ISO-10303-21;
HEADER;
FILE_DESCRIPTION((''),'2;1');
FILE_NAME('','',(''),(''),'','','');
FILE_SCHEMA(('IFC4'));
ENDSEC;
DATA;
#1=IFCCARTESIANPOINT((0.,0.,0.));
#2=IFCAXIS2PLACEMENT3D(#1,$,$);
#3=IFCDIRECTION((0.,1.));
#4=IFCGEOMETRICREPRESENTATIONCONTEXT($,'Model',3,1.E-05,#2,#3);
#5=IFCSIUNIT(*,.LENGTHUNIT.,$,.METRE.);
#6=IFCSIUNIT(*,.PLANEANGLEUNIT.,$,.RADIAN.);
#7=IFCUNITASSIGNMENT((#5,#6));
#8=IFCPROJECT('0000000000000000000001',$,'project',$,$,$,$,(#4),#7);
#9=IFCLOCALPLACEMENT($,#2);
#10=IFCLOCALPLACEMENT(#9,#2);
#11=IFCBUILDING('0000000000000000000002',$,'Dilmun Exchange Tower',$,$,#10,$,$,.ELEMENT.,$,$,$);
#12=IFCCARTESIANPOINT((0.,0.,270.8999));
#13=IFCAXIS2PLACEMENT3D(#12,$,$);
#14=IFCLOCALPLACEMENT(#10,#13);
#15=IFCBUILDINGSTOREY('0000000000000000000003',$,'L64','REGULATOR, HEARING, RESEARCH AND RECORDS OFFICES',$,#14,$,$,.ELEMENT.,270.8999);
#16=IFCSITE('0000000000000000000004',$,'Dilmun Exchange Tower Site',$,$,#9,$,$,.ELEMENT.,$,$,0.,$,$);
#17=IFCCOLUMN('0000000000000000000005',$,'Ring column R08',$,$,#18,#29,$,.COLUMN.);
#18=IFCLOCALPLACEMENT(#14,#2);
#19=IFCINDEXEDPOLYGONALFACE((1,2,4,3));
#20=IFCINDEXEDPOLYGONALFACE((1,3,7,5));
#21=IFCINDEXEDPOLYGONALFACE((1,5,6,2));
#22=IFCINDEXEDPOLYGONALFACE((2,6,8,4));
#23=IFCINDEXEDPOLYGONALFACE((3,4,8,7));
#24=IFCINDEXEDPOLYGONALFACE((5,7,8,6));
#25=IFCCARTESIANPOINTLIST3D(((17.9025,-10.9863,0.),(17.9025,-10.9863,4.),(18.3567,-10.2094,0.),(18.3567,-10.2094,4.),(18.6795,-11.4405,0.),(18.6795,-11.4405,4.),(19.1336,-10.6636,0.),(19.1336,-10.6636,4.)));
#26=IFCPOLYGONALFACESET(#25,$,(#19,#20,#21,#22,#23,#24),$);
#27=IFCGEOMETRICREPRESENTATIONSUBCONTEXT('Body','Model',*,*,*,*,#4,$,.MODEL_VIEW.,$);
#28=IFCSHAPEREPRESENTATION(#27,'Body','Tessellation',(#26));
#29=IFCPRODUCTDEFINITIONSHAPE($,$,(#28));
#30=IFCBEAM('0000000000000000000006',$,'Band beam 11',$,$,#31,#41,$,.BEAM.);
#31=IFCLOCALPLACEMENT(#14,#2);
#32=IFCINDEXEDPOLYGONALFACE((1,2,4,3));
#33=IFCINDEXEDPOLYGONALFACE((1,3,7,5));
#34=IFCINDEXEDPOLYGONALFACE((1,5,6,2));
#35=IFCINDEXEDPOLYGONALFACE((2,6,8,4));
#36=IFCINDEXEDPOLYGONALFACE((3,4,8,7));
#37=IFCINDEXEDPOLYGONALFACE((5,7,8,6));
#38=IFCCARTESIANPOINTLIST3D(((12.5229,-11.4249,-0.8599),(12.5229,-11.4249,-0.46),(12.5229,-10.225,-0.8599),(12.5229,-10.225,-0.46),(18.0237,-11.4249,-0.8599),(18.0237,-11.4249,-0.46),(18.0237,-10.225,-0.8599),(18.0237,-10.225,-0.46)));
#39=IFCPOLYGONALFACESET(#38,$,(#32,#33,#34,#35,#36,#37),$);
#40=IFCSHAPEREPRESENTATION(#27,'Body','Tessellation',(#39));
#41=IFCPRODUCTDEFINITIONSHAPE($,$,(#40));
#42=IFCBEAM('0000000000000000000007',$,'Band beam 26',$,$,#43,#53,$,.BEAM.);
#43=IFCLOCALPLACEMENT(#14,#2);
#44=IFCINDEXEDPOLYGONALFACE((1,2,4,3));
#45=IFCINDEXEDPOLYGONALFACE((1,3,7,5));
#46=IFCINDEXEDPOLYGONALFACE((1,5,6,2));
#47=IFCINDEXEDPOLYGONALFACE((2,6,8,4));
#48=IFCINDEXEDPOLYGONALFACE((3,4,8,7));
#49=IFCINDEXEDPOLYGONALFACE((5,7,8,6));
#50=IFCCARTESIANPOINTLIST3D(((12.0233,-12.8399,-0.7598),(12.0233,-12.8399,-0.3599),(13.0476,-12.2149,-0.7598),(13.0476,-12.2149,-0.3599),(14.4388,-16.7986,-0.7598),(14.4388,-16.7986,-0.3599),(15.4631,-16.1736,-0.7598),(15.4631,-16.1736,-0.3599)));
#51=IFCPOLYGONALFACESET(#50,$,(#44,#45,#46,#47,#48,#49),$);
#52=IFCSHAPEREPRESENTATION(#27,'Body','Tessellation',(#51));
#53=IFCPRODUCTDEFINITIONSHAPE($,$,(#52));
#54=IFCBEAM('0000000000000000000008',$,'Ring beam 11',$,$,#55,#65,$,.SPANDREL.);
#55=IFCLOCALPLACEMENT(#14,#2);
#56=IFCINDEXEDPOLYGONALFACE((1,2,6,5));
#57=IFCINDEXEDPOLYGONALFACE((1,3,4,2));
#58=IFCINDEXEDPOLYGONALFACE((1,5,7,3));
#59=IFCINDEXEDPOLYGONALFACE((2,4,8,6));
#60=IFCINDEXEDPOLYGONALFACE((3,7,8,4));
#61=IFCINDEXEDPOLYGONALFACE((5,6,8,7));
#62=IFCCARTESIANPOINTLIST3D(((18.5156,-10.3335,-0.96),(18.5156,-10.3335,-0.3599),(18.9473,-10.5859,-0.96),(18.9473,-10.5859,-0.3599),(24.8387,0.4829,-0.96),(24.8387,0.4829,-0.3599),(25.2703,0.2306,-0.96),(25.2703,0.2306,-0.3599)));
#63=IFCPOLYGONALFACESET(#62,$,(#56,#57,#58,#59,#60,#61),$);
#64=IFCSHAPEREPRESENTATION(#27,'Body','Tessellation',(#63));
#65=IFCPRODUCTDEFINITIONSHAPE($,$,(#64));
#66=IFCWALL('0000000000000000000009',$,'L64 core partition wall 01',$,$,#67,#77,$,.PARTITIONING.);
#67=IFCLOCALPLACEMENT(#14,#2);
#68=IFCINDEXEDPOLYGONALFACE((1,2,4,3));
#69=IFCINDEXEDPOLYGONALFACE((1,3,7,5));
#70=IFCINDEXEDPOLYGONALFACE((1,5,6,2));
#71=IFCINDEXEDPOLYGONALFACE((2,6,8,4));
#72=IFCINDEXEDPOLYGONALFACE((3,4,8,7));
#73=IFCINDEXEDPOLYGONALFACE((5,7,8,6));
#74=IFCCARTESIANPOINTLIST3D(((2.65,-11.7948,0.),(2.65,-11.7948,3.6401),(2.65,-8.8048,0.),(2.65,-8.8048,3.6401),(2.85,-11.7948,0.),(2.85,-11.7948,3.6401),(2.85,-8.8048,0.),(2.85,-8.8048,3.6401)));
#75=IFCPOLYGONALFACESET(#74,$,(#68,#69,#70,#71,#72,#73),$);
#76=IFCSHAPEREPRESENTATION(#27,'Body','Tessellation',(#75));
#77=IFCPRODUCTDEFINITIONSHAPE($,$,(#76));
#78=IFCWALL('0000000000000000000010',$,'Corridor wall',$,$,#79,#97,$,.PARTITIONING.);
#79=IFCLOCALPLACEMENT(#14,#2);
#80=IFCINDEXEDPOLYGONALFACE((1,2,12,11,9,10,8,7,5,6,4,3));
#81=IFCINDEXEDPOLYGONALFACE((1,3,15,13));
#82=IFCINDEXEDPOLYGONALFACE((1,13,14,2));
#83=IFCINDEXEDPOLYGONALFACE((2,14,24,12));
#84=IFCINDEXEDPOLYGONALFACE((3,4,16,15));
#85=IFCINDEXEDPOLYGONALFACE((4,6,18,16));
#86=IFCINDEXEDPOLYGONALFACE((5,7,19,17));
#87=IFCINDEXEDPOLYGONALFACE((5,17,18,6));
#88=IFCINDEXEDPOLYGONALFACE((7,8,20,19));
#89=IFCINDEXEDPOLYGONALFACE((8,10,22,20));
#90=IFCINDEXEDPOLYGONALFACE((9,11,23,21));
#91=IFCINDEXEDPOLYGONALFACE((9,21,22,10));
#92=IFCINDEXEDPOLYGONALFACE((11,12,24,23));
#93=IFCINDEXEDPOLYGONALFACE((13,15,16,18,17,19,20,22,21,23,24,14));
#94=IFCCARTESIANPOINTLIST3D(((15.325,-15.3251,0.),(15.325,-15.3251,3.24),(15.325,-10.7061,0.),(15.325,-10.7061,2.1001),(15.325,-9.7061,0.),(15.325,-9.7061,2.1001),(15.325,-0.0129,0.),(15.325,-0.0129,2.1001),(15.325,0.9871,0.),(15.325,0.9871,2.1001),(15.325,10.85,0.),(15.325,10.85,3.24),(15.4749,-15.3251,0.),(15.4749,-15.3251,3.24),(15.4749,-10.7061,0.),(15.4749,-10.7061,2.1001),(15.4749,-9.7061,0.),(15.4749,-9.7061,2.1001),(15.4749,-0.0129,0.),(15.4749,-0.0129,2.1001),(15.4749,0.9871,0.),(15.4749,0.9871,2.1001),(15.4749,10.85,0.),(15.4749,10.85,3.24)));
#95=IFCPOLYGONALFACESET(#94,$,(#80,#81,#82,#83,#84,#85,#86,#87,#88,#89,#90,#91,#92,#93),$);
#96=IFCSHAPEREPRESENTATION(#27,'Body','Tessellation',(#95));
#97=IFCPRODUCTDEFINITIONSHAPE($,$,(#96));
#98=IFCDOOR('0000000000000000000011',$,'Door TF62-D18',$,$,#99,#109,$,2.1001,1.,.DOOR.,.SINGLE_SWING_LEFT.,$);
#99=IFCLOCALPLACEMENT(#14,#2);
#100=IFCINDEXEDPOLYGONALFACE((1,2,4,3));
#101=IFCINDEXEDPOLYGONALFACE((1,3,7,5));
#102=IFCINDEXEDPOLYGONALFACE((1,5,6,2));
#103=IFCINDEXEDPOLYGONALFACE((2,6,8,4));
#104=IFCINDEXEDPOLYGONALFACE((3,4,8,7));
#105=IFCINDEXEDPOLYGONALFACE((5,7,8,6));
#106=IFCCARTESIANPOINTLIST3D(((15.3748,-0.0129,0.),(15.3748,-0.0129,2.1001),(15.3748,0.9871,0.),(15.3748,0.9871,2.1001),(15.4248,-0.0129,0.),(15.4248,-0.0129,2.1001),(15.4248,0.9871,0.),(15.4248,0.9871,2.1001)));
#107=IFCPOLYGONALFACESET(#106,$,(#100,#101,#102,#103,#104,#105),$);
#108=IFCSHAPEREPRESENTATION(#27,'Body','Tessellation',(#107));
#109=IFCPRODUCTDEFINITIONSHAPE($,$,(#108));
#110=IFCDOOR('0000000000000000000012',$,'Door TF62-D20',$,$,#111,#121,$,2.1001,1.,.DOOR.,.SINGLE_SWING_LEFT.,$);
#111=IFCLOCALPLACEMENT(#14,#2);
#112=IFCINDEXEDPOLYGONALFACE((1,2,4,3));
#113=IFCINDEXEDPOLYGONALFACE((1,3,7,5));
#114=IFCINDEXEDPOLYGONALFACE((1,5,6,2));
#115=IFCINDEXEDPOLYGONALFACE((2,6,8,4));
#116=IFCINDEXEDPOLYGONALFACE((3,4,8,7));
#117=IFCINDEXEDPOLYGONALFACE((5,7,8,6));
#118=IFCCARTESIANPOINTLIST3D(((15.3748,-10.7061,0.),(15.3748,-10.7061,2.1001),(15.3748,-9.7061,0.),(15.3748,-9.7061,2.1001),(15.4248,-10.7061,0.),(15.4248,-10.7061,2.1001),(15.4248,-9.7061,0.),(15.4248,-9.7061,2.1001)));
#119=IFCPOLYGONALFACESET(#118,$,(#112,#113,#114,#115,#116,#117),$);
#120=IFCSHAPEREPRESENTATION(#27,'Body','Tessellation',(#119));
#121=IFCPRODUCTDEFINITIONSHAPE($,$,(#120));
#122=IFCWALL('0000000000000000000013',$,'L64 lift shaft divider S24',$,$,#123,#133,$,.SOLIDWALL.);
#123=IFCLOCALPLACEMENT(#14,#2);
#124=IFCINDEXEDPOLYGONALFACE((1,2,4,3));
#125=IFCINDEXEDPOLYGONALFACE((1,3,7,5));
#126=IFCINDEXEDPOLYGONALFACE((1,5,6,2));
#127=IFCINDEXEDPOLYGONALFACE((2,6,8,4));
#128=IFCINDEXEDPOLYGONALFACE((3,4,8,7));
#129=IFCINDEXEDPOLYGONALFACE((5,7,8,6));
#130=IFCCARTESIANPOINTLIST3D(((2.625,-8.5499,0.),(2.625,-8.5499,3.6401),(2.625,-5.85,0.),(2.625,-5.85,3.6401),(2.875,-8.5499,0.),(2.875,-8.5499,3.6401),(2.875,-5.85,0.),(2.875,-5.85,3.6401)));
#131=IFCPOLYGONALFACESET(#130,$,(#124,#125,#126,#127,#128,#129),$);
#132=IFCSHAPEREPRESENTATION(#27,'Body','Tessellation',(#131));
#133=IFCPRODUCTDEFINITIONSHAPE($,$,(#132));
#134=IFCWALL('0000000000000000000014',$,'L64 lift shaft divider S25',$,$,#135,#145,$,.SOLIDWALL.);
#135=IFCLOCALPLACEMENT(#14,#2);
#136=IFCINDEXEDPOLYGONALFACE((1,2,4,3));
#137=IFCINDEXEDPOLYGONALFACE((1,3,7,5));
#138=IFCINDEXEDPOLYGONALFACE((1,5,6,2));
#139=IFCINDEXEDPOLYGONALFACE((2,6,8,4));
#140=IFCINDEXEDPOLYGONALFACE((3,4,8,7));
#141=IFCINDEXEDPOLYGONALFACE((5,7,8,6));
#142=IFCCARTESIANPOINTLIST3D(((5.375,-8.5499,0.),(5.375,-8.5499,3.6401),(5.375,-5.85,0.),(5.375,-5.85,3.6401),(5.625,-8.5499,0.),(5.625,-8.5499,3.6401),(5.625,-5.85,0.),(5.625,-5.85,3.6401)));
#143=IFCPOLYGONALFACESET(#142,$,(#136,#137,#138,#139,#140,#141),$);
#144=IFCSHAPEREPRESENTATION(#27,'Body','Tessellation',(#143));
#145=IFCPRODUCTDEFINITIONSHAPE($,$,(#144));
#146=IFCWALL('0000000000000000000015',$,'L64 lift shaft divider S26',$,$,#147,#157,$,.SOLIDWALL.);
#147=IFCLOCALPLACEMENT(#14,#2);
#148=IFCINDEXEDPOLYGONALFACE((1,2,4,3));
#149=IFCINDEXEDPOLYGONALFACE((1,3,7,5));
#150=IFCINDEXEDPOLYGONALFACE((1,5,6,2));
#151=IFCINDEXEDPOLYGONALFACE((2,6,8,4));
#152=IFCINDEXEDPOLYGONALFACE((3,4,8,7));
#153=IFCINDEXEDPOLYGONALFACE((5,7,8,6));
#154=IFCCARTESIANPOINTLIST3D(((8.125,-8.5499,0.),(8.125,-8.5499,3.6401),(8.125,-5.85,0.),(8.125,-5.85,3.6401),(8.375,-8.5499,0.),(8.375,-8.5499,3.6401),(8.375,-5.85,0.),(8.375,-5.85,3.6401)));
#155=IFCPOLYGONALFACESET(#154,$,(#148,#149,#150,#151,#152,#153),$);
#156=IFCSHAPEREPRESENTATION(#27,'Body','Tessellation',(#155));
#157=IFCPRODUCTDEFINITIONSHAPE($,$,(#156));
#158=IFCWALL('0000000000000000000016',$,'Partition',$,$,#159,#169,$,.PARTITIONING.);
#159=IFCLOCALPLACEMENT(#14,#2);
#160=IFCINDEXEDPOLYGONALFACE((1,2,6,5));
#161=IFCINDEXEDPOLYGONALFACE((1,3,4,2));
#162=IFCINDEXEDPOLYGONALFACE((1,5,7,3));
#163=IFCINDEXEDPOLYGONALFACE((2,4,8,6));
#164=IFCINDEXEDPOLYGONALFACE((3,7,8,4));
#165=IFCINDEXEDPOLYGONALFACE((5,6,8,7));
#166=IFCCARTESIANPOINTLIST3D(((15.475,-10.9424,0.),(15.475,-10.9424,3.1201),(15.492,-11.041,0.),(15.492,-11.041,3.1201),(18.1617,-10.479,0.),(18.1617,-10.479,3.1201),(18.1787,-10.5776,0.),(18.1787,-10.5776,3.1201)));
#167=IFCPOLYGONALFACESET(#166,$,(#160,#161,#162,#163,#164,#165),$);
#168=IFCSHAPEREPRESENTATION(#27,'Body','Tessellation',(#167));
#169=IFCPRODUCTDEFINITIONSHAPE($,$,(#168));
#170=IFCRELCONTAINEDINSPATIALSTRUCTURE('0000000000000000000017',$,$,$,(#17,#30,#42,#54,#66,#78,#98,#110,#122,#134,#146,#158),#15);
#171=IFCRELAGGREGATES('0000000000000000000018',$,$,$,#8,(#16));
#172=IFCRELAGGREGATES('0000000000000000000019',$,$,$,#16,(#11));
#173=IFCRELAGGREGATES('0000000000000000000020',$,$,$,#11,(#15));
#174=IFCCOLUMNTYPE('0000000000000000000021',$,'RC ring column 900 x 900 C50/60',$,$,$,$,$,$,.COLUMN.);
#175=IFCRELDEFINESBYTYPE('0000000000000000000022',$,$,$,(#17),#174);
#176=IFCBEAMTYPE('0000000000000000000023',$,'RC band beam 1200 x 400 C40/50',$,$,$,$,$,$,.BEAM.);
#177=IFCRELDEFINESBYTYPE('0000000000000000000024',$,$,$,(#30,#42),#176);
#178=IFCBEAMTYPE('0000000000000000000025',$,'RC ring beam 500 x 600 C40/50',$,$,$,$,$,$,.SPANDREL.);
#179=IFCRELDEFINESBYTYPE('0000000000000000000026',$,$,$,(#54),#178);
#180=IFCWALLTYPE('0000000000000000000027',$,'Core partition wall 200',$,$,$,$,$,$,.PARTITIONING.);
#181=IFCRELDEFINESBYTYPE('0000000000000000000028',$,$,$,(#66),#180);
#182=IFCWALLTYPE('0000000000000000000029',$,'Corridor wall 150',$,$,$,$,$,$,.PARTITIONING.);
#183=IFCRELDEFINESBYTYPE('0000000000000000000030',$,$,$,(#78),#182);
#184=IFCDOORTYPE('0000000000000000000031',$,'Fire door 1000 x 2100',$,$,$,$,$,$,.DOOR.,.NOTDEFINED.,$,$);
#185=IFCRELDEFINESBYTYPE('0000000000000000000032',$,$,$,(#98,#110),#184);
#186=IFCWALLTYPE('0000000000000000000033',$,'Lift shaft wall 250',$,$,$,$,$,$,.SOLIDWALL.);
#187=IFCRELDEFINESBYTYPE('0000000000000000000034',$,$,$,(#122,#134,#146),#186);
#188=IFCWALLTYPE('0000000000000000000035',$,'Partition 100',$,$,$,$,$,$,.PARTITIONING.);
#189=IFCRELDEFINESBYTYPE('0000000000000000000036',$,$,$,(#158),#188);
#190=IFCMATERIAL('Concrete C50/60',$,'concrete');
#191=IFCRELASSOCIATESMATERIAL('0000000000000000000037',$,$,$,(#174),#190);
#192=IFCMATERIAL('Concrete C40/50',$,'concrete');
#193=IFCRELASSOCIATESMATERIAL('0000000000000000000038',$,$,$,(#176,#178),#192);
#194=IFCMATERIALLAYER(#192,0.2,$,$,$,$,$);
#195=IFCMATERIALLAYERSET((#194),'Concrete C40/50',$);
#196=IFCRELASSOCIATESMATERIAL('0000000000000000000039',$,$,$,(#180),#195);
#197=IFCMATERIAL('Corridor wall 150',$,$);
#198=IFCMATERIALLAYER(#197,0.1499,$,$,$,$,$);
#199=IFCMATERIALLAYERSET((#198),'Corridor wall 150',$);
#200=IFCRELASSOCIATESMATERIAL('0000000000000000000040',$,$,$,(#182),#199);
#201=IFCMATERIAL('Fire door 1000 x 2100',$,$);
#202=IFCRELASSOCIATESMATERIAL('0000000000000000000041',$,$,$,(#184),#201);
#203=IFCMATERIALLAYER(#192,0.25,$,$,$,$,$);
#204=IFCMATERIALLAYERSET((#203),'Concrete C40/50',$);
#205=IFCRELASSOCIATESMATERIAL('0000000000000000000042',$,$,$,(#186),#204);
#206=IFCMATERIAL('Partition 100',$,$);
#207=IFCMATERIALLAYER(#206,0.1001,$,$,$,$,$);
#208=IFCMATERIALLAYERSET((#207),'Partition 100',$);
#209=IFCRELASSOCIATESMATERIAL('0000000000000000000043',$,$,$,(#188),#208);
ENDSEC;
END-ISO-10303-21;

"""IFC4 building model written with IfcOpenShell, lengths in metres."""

from ifc_helpers import new_model, si_unit, direction, frame, frame_2d, origin, origin_2d, place, context, subcontext, project, spatial, rectangle, extrude, material, layer, layer_set, material_profile, profile_set, type_object, element, fill, save


model = new_model("IFC4")

# Units and contexts
model_context = context("Model", 3, precision=1e-05, world=origin(), true_north=direction((0.0, 1.0)))
body_context = subcontext(model_context, "Body", "Model", "MODEL_VIEW")
ifc_project = project(units=[si_unit("LENGTHUNIT", "METRE"), si_unit("PLANEANGLEUNIT", "RADIAN")], contexts=[model_context])

# Site, building, storey
site_placement = place(None, origin())
site = spatial("IfcSite", under=ifc_project, at=site_placement, Name="Dilmun Exchange Tower Site", CompositionType="ELEMENT", RefElevation=0.0)
building_placement = place(site_placement, origin())
building = spatial("IfcBuilding", under=site, at=building_placement, Name="Dilmun Exchange Tower", CompositionType="ELEMENT")
storey_placement = place(building_placement, frame((0.0, 0.0, 270.8999)))
storey = spatial("IfcBuildingStorey", under=building, at=storey_placement, Name="L64", Description="REGULATOR, HEARING, RESEARCH AND RECORDS OFFICES", CompositionType="ELEMENT", Elevation=270.8999)

# Column
ifc_material_1 = material(Name="Concrete C50/60", Category="concrete")
ifc_material_profile_1 = material_profile(ifc_material_1, rectangle(XDim=0.8999, YDim=0.8999, at=origin_2d()), Name="900 x 900")
ifc_profile_set_1 = profile_set([ifc_material_profile_1], Name="Concrete C50/60")
column_type = type_object("IfcColumnType", Name="RC ring column 900 x 900 C50/60", PredefinedType="COLUMN", material=ifc_profile_set_1)
column_placement = place(storey_placement, frame((18.5181, -10.825, 0.0), z_axis=(0.0, 0.0, 1.0), x_axis=(0.504644, 0.863328, 0.0)))
element("IfcColumn", 1, at=column_placement, inside=storey, type_object=column_type, Name="Ring column R08", PredefinedType="COLUMN", context=body_context, shape_type="SweptSolid", body=[
    extrude(rectangle(XDim=0.8999, YDim=0.8999, at=origin_2d()), origin(), (0.0, 0.0, 1.0), 4.0),
])

# Beams
ifc_material_2 = material(Name="Concrete C40/50", Category="concrete")
ifc_material_profile_2 = material_profile(ifc_material_2, rectangle(XDim=1.2, YDim=0.3999, at=origin_2d()), Name="1200 x 400")
ifc_profile_set_2 = profile_set([ifc_material_profile_2], Name="Concrete C40/50")
beam_type_1 = type_object("IfcBeamType", Name="RC band beam 1200 x 400 C40/50", PredefinedType="BEAM", material=ifc_profile_set_2)
beam_1_placement = place(storey_placement, frame((18.0237, -10.825, -0.6599), z_axis=(-1.0, 0.0, 0.0), x_axis=(0.0, -1.0, 0.0)))
element("IfcBeam", 2, at=beam_1_placement, inside=storey, type_object=beam_type_1, Name="Band beam 11", PredefinedType="BEAM", context=body_context, shape_type="SweptSolid", body=[
    extrude(rectangle(XDim=1.2, YDim=0.3999, at=origin_2d()), origin(), (0.0, 0.0, 1.0), 5.5007),
])
beam_2_placement = place(storey_placement, frame((14.9509, -16.4861, -0.5598), z_axis=(-0.520869, 0.853637, 0.0), x_axis=(-0.853637, -0.520869, 0.0)))
element("IfcBeam", 3, at=beam_2_placement, inside=storey, type_object=beam_type_1, Name="Band beam 26", PredefinedType="BEAM", context=body_context, shape_type="SweptSolid", body=[
    extrude(rectangle(XDim=1.2, YDim=0.3999, at=origin_2d()), origin(), (0.0, 0.0, 1.0), 4.6375),
])
ifc_material_profile_3 = material_profile(ifc_material_2, rectangle(XDim=0.5, YDim=0.6001, at=origin_2d()), Name="500 x 600")
ifc_profile_set_3 = profile_set([ifc_material_profile_3], Name="Concrete C40/50")
beam_type_2 = type_object("IfcBeamType", Name="RC ring beam 500 x 600 C40/50", PredefinedType="SPANDREL", material=ifc_profile_set_3)
beam_3_placement = place(storey_placement, frame((18.7314, -10.4597, -0.6599), z_axis=(0.50467, 0.863312, 0.0), x_axis=(-0.863312, 0.50467, 0.0)))
element("IfcBeam", 4, at=beam_3_placement, inside=storey, type_object=beam_type_2, Name="Ring beam 11", PredefinedType="SPANDREL", context=body_context, shape_type="SweptSolid", body=[
    extrude(rectangle(XDim=0.5, YDim=0.6001, at=origin_2d()), origin(), (0.0, 0.0, 1.0), 12.5291),
])

# Wall
ifc_layer_1 = layer(ifc_material_2, 0.2)
ifc_layer_set_1 = layer_set([ifc_layer_1], Name="Concrete C40/50")
wall_type_1 = type_object("IfcWallType", Name="Core partition wall 200", PredefinedType="PARTITIONING", material=ifc_layer_set_1)
wall_1_placement = place(storey_placement, frame((2.75, -11.7949, 0.0), z_axis=(0.0, 0.0, 1.0), x_axis=(0.0, 1.0, 0.0)))
element("IfcWall", 5, at=wall_1_placement, inside=storey, type_object=wall_type_1, Name="L64 core partition wall 01", PredefinedType="PARTITIONING", context=body_context, shape_type="SweptSolid", body=[
    extrude(rectangle(XDim=2.99, YDim=0.2, at=frame_2d((1.4951, 0.0))), origin(), (0.0, 0.0, 1.0), 3.6401),
])

# Wall, openings, doors
ifc_material_3 = material(Name="Corridor wall 150")
ifc_layer_2 = layer(ifc_material_3, 0.1499)
ifc_layer_set_2 = layer_set([ifc_layer_2], Name="Corridor wall 150")
wall_type_2 = type_object("IfcWallType", Name="Corridor wall 150", PredefinedType="PARTITIONING", material=ifc_layer_set_2)
wall_2_placement = place(storey_placement, frame((15.3999, -15.325, 0.0), z_axis=(0.0, 0.0, 1.0), x_axis=(0.0, 1.0, 0.0)))
wall_2 = element("IfcWall", 6, at=wall_2_placement, inside=storey, type_object=wall_type_2, Name="Corridor wall", PredefinedType="PARTITIONING", context=body_context, shape_type="SweptSolid", body=[
    extrude(rectangle(XDim=26.175, YDim=0.1499, at=frame_2d((13.0874, 0.0))), origin(), (0.0, 0.0, 1.0), 3.24),
])
opening_1_placement = place(wall_2_placement, frame((15.312, 0.0, 0.0)))
opening_1 = element("IfcOpeningElement", 7, at=opening_1_placement, cuts=wall_2, PredefinedType="OPENING", context=body_context, shape_type="SweptSolid", body=[
    extrude(rectangle(XDim=1.0, YDim=2.1001, at=frame_2d((0.5, 1.05))), frame((0.0, 0.085, 0.0), z_axis=(0.0, -1.0, 0.0), x_axis=(1.0, 0.0, 0.0)), (0.0, 0.0, 1.0), 0.1699),
])
opening_2_placement = place(wall_2_placement, frame((4.6189, 0.0, 0.0)))
opening_2 = element("IfcOpeningElement", 8, at=opening_2_placement, cuts=wall_2, PredefinedType="OPENING", context=body_context, shape_type="SweptSolid", body=[
    extrude(rectangle(XDim=1.0, YDim=2.1001, at=frame_2d((0.5, 1.05))), frame((0.0, 0.085, 0.0), z_axis=(0.0, -1.0, 0.0), x_axis=(1.0, 0.0, 0.0)), (0.0, 0.0, 1.0), 0.1699),
])
ifc_material_4 = material(Name="Fire door 1000 x 2100")
door_type_1 = type_object("IfcDoorType", Name="Fire door 1000 x 2100", OperationType="NOTDEFINED", PredefinedType="DOOR", material=ifc_material_4)
door_1_placement = place(opening_1_placement, frame((1.0, 0.0, 0.0), z_axis=(0.0, 0.0, 1.0), x_axis=(-1.0, 0.0, 0.0)))
door_1 = element("IfcDoor", 9, at=door_1_placement, inside=storey, type_object=door_type_1, Name="Door TF62-D18", OperationType="SINGLE_SWING_LEFT", OverallHeight=2.1001, OverallWidth=1.0, PredefinedType="DOOR", context=body_context, shape_type="SweptSolid", body=[
    extrude(rectangle(XDim=1.0, YDim=2.1001, at=frame_2d((0.5, 1.05))), frame((0.0, 0.0249, 0.0), z_axis=(0.0, -1.0, 0.0), x_axis=(1.0, 0.0, 0.0)), (0.0, 0.0, 1.0), 0.05),
])
fill(opening_1, door_1)
door_2_placement = place(opening_2_placement, frame((1.0, 0.0, 0.0), z_axis=(0.0, 0.0, 1.0), x_axis=(-1.0, 0.0, 0.0)))
door_2 = element("IfcDoor", 10, at=door_2_placement, inside=storey, type_object=door_type_1, Name="Door TF62-D20", OperationType="SINGLE_SWING_LEFT", OverallHeight=2.1001, OverallWidth=1.0, PredefinedType="DOOR", context=body_context, shape_type="SweptSolid", body=[
    extrude(rectangle(XDim=1.0, YDim=2.1001, at=frame_2d((0.5, 1.05))), frame((0.0, 0.0249, 0.0), z_axis=(0.0, -1.0, 0.0), x_axis=(1.0, 0.0, 0.0)), (0.0, 0.0, 1.0), 0.05),
])
fill(opening_2, door_2)

# Walls
ifc_layer_3 = layer(ifc_material_2, 0.25)
ifc_layer_set_3 = layer_set([ifc_layer_3], Name="Concrete C40/50")
wall_type_3 = type_object("IfcWallType", Name="Lift shaft wall 250", PredefinedType="SOLIDWALL", material=ifc_layer_set_3)
for number, where, z_axis, x_axis, name in (
    (11, (2.75, -8.55, 0.0), (0.0, 0.0, 1.0), (0.0, 1.0, 0.0), "L64 lift shaft divider S24"),
    (12, (5.5, -8.55, 0.0), (0.0, 0.0, 1.0), (0.0, 1.0, 0.0), "L64 lift shaft divider S25"),
    (13, (8.25, -8.55, 0.0), (0.0, 0.0, 1.0), (0.0, 1.0, 0.0), "L64 lift shaft divider S26"),
):
    element("IfcWall", number, at=place(storey_placement, frame(where, z_axis=z_axis, x_axis=x_axis)), inside=storey, type_object=wall_type_3, Name=name, PredefinedType="SOLIDWALL", context=body_context, shape_type="SweptSolid", body=[
        extrude(rectangle(XDim=2.7, YDim=0.25, at=frame_2d((1.3501, 0.0))), origin(), (0.0, 0.0, 1.0), 3.6401),
    ])
ifc_material_5 = material(Name="Partition 100")
ifc_layer_4 = layer(ifc_material_5, 0.1001)
ifc_layer_set_4 = layer_set([ifc_layer_4], Name="Partition 100")
wall_type_4 = type_object("IfcWallType", Name="Partition 100", PredefinedType="PARTITIONING", material=ifc_layer_set_4)
wall_3_placement = place(storey_placement, frame((15.4834, -10.9917, 0.0), z_axis=(0.0, 0.0, 1.0), x_axis=(0.985451, 0.169958, 0.0)))
element("IfcWall", 14, at=wall_3_placement, inside=storey, type_object=wall_type_4, Name="Partition", PredefinedType="PARTITIONING", context=body_context, shape_type="SweptSolid", body=[
    extrude(rectangle(XDim=2.7263, YDim=0.1001, at=frame_2d((1.3633, 0.0))), origin(), (0.0, 0.0, 1.0), 3.1201),
])

save(model, "model.ifc")
